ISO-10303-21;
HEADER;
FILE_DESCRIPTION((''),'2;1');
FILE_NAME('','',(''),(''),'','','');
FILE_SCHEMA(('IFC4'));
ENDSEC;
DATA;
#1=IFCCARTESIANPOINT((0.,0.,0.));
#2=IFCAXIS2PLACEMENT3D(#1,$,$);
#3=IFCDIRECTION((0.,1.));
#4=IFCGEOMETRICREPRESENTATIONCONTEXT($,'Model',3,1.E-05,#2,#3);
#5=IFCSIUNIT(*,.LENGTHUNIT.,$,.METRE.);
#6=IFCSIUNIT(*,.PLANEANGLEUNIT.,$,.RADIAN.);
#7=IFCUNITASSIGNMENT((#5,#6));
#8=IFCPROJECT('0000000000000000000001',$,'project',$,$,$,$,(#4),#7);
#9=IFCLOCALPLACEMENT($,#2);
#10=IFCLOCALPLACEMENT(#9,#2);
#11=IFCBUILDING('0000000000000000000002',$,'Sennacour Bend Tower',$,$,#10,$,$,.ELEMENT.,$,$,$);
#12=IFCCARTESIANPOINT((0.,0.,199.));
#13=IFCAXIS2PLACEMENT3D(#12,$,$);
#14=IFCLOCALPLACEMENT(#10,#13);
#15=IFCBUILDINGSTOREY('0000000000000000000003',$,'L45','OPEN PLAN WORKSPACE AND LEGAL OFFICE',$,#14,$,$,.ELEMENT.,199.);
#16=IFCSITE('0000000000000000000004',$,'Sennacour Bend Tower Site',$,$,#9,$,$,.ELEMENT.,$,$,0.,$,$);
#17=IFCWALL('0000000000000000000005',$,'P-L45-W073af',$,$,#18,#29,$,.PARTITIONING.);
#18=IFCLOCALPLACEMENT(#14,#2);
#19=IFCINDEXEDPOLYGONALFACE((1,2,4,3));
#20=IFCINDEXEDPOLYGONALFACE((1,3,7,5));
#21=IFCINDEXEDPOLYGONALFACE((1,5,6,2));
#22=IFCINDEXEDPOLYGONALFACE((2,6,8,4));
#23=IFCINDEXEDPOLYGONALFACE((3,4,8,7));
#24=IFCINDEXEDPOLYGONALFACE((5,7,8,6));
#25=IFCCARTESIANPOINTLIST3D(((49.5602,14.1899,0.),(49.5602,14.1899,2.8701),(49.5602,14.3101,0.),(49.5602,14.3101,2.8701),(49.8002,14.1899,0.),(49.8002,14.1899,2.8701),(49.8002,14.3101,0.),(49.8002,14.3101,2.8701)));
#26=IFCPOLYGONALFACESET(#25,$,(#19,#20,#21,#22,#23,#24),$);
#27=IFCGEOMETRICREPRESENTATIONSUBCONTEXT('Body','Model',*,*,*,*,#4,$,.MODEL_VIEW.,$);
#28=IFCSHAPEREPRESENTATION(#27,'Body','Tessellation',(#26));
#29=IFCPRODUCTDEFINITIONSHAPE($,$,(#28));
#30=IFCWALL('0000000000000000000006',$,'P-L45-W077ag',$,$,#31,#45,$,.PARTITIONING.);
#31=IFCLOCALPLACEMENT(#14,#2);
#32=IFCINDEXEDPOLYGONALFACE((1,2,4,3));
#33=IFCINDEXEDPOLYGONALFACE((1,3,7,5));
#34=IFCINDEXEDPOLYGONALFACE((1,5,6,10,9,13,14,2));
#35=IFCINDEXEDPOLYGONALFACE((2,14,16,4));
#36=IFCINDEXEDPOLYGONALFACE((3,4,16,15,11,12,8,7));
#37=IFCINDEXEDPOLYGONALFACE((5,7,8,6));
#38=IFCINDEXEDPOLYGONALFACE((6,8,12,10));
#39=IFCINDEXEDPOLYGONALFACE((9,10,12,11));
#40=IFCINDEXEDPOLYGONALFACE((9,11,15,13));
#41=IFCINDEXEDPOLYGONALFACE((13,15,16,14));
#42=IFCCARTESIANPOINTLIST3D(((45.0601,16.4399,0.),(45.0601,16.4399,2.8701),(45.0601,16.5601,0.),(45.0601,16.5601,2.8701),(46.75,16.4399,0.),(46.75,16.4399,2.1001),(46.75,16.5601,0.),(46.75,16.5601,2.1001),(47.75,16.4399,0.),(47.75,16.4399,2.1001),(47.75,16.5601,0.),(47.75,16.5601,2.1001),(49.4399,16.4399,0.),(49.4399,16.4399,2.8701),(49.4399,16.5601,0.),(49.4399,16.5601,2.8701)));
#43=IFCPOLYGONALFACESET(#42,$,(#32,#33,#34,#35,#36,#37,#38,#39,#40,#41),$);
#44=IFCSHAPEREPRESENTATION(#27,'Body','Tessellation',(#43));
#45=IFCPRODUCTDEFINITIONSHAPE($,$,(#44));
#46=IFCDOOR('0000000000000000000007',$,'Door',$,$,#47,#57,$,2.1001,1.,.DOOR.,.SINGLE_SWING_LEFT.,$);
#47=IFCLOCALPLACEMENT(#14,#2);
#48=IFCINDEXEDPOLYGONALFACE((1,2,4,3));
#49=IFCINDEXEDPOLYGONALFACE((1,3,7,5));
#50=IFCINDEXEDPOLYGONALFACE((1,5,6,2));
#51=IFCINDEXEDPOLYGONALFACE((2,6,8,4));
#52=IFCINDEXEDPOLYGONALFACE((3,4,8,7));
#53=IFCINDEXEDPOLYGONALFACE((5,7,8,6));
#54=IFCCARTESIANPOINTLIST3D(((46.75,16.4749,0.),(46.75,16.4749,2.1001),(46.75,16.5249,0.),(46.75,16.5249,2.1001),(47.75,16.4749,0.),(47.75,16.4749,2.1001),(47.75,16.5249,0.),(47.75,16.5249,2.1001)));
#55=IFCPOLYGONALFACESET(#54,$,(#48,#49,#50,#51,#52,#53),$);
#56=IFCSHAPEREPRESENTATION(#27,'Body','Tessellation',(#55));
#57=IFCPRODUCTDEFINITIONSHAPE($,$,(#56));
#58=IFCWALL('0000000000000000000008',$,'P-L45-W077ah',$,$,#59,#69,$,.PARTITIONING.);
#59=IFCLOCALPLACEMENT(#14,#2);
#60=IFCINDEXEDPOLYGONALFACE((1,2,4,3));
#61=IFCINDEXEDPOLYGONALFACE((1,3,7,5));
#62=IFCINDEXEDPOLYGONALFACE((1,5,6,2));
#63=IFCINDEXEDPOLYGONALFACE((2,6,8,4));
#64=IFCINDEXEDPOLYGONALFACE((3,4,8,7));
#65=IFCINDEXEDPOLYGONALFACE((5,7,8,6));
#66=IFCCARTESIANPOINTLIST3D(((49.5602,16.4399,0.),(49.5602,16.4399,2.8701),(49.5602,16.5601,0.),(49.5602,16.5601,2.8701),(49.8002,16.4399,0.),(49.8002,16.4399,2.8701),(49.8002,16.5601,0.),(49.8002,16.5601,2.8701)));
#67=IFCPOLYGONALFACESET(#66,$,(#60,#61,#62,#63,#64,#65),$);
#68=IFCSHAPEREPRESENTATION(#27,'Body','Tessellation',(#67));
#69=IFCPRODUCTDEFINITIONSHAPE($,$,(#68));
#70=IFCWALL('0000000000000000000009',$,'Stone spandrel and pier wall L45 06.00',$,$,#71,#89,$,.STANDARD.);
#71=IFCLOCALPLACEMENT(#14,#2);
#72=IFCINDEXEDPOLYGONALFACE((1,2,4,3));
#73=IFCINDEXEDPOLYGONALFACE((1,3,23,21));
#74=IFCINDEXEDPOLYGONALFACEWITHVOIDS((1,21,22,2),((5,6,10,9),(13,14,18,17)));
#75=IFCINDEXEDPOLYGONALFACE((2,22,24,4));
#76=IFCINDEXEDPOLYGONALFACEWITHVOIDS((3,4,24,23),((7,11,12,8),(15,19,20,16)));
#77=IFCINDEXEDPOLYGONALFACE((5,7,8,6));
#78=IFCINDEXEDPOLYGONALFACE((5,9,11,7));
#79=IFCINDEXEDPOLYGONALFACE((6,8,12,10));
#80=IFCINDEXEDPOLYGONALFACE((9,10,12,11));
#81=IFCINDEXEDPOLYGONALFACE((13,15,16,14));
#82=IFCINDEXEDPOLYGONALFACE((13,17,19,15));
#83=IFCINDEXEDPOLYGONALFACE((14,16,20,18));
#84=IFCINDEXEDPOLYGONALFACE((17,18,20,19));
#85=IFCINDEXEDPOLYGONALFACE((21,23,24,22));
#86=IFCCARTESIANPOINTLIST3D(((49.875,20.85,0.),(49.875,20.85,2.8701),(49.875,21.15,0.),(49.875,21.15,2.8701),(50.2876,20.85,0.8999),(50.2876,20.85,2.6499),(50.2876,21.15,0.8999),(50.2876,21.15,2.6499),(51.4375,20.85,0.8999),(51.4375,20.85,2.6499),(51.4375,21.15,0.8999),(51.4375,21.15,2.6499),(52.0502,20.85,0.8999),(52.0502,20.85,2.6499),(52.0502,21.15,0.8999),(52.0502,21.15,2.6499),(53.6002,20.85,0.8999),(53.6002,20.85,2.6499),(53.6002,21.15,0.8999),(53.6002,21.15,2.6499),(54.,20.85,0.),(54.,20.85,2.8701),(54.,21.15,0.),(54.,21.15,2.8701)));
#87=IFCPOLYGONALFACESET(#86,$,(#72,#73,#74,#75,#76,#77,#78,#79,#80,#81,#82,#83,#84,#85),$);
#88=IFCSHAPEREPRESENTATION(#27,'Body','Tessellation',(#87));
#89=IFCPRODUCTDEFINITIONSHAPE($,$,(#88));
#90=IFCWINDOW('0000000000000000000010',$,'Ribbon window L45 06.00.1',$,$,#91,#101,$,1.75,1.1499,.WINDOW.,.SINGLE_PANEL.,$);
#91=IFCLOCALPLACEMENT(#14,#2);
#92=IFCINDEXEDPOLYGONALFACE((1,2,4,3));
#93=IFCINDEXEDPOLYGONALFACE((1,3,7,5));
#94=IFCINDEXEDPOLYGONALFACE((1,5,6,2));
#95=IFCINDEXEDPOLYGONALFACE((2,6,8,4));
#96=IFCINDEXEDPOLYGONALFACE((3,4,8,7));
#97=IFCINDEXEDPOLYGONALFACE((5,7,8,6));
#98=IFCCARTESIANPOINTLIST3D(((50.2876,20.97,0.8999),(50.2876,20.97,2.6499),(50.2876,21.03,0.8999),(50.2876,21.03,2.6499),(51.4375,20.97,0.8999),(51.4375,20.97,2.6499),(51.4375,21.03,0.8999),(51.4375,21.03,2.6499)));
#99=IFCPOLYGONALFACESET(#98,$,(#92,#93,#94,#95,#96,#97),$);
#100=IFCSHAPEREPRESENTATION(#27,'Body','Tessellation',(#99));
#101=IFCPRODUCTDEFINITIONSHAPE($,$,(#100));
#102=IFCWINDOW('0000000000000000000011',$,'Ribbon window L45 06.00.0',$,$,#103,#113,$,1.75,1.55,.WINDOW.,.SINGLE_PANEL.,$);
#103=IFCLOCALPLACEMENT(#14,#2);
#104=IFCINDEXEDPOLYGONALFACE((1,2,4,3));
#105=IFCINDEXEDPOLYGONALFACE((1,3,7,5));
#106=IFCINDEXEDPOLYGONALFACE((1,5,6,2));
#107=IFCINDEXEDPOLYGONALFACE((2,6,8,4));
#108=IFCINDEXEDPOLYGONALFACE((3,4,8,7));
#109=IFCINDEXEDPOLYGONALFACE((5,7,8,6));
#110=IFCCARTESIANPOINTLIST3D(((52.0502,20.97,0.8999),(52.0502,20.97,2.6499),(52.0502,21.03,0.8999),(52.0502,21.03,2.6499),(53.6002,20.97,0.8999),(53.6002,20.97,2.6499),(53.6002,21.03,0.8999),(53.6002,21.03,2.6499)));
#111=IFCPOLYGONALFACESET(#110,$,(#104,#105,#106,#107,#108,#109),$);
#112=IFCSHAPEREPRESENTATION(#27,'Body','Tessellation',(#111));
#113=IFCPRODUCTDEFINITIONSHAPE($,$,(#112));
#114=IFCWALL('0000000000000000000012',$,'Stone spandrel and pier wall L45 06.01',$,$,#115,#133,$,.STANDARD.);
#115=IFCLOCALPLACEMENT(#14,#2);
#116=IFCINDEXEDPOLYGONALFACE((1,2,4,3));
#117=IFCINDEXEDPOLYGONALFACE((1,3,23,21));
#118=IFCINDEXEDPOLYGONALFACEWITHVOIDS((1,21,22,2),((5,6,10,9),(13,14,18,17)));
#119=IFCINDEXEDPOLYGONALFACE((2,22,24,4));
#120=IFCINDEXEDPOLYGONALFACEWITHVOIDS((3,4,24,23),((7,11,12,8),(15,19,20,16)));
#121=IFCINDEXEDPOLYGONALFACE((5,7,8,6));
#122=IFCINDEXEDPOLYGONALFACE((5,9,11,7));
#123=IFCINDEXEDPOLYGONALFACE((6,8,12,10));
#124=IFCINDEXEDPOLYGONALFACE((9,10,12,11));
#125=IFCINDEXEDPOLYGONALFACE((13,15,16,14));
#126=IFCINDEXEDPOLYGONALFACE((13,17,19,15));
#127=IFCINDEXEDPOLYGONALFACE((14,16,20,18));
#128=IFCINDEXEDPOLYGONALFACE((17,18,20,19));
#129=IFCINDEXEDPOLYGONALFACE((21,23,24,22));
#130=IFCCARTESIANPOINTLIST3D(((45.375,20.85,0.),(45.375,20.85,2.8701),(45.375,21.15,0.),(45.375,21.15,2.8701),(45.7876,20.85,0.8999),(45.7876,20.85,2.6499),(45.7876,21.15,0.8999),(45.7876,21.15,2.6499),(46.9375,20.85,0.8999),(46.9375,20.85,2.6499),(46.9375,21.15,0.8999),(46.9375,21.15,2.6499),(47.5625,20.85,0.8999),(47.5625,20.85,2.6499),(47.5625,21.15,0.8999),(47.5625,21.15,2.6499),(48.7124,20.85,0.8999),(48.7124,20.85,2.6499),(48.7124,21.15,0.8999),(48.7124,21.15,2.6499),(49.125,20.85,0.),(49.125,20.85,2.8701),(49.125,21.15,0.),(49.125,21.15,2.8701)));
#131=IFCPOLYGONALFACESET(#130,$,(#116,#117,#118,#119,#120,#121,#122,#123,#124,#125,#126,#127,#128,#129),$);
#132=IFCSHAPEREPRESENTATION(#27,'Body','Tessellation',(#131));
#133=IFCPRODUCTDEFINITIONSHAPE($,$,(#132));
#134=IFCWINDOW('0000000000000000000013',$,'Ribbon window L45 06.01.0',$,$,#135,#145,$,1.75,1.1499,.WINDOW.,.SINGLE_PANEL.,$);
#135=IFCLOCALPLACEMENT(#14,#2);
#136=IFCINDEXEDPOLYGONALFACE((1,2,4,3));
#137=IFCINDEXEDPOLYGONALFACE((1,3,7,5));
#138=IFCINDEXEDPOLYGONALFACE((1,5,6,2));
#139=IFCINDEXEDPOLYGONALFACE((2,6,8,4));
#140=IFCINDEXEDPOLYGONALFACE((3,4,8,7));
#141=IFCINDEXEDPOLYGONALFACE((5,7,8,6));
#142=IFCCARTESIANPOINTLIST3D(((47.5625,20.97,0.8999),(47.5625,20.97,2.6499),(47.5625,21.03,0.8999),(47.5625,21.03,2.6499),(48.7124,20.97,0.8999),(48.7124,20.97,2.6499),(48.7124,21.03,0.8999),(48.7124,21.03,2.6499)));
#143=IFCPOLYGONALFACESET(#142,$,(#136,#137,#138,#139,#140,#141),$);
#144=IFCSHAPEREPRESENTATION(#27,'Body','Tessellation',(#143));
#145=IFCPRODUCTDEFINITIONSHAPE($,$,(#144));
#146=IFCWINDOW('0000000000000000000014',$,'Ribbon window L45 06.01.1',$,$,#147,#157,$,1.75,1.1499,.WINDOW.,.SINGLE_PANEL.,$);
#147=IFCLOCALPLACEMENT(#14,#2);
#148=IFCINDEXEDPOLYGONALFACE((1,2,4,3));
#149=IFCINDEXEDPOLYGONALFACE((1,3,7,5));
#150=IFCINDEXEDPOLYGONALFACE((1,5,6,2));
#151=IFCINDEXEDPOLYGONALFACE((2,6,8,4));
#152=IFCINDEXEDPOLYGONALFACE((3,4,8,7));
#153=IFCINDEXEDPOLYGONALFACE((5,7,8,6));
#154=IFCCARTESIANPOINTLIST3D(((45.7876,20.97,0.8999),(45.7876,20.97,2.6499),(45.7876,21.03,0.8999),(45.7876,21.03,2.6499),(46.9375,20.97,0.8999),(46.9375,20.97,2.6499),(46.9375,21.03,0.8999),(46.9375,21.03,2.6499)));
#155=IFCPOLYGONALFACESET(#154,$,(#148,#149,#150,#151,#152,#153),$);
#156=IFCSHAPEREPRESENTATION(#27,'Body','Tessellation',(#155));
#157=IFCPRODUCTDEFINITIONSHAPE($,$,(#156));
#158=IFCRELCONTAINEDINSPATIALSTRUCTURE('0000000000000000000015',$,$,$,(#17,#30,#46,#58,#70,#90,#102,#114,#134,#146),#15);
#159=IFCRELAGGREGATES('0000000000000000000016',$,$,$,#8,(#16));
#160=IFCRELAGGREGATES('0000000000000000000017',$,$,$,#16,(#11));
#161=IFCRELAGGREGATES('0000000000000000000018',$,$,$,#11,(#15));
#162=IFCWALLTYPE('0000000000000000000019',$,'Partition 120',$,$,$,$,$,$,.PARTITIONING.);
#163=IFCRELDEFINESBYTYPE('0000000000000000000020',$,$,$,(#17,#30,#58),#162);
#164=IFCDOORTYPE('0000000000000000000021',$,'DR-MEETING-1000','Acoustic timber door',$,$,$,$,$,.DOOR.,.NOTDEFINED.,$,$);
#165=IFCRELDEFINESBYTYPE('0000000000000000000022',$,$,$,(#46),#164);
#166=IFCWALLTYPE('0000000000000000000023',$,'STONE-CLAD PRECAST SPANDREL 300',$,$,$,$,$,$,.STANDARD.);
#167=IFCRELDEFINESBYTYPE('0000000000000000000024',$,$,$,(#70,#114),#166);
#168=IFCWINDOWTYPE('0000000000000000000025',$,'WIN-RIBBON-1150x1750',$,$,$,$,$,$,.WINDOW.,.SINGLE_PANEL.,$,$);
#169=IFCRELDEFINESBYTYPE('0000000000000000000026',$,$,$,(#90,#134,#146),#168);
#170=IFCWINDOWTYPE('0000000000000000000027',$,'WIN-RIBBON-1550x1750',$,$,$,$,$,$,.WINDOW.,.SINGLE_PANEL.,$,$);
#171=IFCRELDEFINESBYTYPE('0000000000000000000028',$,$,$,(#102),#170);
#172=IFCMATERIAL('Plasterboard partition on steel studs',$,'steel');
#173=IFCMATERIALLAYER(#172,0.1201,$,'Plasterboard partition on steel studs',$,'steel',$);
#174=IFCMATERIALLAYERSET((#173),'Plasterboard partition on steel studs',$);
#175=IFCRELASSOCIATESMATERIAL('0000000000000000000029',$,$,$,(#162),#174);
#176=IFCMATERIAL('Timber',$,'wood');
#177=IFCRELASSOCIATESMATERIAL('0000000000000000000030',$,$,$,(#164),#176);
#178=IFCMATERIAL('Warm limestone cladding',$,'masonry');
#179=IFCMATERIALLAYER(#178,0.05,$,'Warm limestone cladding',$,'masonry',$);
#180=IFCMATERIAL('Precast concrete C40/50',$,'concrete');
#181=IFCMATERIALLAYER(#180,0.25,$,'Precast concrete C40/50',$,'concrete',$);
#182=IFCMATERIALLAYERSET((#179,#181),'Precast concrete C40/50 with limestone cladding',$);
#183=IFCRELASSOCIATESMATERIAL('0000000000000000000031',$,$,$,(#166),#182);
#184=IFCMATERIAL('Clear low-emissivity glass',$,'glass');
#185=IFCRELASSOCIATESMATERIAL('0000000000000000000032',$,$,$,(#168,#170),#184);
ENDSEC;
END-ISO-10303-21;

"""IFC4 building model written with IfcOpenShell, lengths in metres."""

from ifc_helpers import new_model, si_unit, direction, frame, frame_2d, origin, place, context, subcontext, project, spatial, rectangle, extrude, material, layer, layer_set, type_object, element, fill, save


model = new_model("IFC4")

# Units and contexts
model_context = context("Model", 3, precision=1e-05, world=origin(), true_north=direction((0.0, 1.0)))
body_context = subcontext(model_context, "Body", "Model", "MODEL_VIEW")
ifc_project = project(units=[si_unit("LENGTHUNIT", "METRE"), si_unit("PLANEANGLEUNIT", "RADIAN")], contexts=[model_context])

# Site, building, storey
site_placement = place(None, origin())
site = spatial("IfcSite", under=ifc_project, at=site_placement, Name="Sennacour Bend Tower Site", CompositionType="ELEMENT", RefElevation=0.0)
building_placement = place(site_placement, origin())
building = spatial("IfcBuilding", under=site, at=building_placement, Name="Sennacour Bend Tower", CompositionType="ELEMENT")
storey_placement = place(building_placement, frame((0.0, 0.0, 199.0)))
storey = spatial("IfcBuildingStorey", under=building, at=storey_placement, Name="L45", Description="OPEN PLAN WORKSPACE AND LEGAL OFFICE", CompositionType="ELEMENT", Elevation=199.0)

# Wall
ifc_material_1 = material(Name="Plasterboard partition on steel studs", Category="steel")
ifc_layer_1 = layer(ifc_material_1, 0.1201, Name="Plasterboard partition on steel studs", Category="steel")
ifc_layer_set_1 = layer_set([ifc_layer_1], Name="Plasterboard partition on steel studs")
wall_type_1 = type_object("IfcWallType", Name="Partition 120", PredefinedType="PARTITIONING", material=ifc_layer_set_1)
wall_1_placement = place(storey_placement, frame((49.5601, 14.25, 0.0), z_axis=(0.0, 0.0, 1.0), x_axis=(1.0, 0.0, 0.0)))
element("IfcWall", 1, at=wall_1_placement, inside=storey, type_object=wall_type_1, Name="P-L45-W073af", PredefinedType="PARTITIONING", context=body_context, shape_type="SweptSolid", body=[
    extrude(rectangle(XDim=0.24, YDim=0.1201, at=frame_2d((0.1201, 0.0))), origin(), (0.0, 0.0, 1.0), 2.8701),
])

# Wall, opening, door
wall_2_placement = place(storey_placement, frame((45.0601, 16.5, 0.0), z_axis=(0.0, 0.0, 1.0), x_axis=(1.0, 0.0, 0.0)))
wall_2 = element("IfcWall", 2, at=wall_2_placement, inside=storey, type_object=wall_type_1, Name="P-L45-W077ag", PredefinedType="PARTITIONING", context=body_context, shape_type="SweptSolid", body=[
    extrude(rectangle(XDim=4.3799, YDim=0.1201, at=frame_2d((2.1899, 0.0))), origin(), (0.0, 0.0, 1.0), 2.8701),
])
opening_1_placement = place(wall_2_placement, frame((1.6899, 0.0, 0.0)))
opening_1 = element("IfcOpeningElement", 3, at=opening_1_placement, cuts=wall_2, PredefinedType="OPENING", context=body_context, shape_type="SweptSolid", body=[
    extrude(rectangle(XDim=1.0, YDim=2.1001, at=frame_2d((0.5, 1.05))), frame((0.0, 0.0701, 0.0), z_axis=(0.0, -1.0, 0.0), x_axis=(1.0, 0.0, 0.0)), (0.0, 0.0, 1.0), 0.1401),
])
ifc_material_2 = material(Name="Timber", Category="wood")
door_type_1 = type_object("IfcDoorType", Name="DR-MEETING-1000", Description="Acoustic timber door", OperationType="NOTDEFINED", PredefinedType="DOOR", material=ifc_material_2)
door_1_placement = place(opening_1_placement, origin())
door_1 = element("IfcDoor", 4, at=door_1_placement, inside=storey, type_object=door_type_1, Name="Door", OperationType="SINGLE_SWING_LEFT", OverallHeight=2.1001, OverallWidth=1.0, PredefinedType="DOOR", context=body_context, shape_type="SweptSolid", body=[
    extrude(rectangle(XDim=1.0, YDim=2.1001, at=frame_2d((0.5, 1.05))), frame((0.0, 0.0249, 0.0), z_axis=(0.0, -1.0, 0.0), x_axis=(1.0, 0.0, 0.0)), (0.0, 0.0, 1.0), 0.05),
])
fill(opening_1, door_1)

# Wall
wall_3_placement = place(storey_placement, frame((49.5601, 16.5, 0.0), z_axis=(0.0, 0.0, 1.0), x_axis=(1.0, 0.0, 0.0)))
element("IfcWall", 5, at=wall_3_placement, inside=storey, type_object=wall_type_1, Name="P-L45-W077ah", PredefinedType="PARTITIONING", context=body_context, shape_type="SweptSolid", body=[
    extrude(rectangle(XDim=0.24, YDim=0.1201, at=frame_2d((0.1201, 0.0))), origin(), (0.0, 0.0, 1.0), 2.8701),
])

# Walls, openings, windows
ifc_material_3 = material(Name="Warm limestone cladding", Category="masonry")
ifc_layer_2 = layer(ifc_material_3, 0.05, Name="Warm limestone cladding", Category="masonry")
ifc_material_4 = material(Name="Precast concrete C40/50", Category="concrete")
ifc_layer_3 = layer(ifc_material_4, 0.25, Name="Precast concrete C40/50", Category="concrete")
ifc_layer_set_2 = layer_set([ifc_layer_2, ifc_layer_3], Name="Precast concrete C40/50 with limestone cladding")
wall_type_2 = type_object("IfcWallType", Name="STONE-CLAD PRECAST SPANDREL 300", PredefinedType="STANDARD", material=ifc_layer_set_2)
wall_4_placement = place(storey_placement, frame((54.0, 21.0, 0.0), z_axis=(0.0, 0.0, 1.0), x_axis=(-1.0, 0.0, 0.0)))
wall_4 = element("IfcWall", 6, at=wall_4_placement, inside=storey, type_object=wall_type_2, Name="Stone spandrel and pier wall L45 06.00", PredefinedType="STANDARD", context=body_context, shape_type="SweptSolid", body=[
    extrude(rectangle(XDim=4.125, YDim=0.3, at=frame_2d((2.0625, 0.0))), origin(), (0.0, 0.0, 1.0), 2.8701),
])
opening_2_placement = place(wall_4_placement, frame((0.3999, 0.0, 0.8999)))
opening_2 = element("IfcOpeningElement", 7, at=opening_2_placement, cuts=wall_4, PredefinedType="OPENING", context=body_context, shape_type="SweptSolid", body=[
    extrude(rectangle(XDim=1.55, YDim=1.75, at=frame_2d((0.7749, 0.875))), frame((0.0, 0.1602, 0.0), z_axis=(0.0, -1.0, 0.0), x_axis=(1.0, 0.0, 0.0)), (0.0, 0.0, 1.0), 0.3201),
])
opening_3_placement = place(wall_4_placement, frame((2.5625, 0.0, 0.8999)))
opening_3 = element("IfcOpeningElement", 8, at=opening_3_placement, cuts=wall_4, PredefinedType="OPENING", context=body_context, shape_type="SweptSolid", body=[
    extrude(rectangle(XDim=1.1499, YDim=1.75, at=frame_2d((0.575, 0.875))), frame((0.0, 0.1602, 0.0), z_axis=(0.0, -1.0, 0.0), x_axis=(1.0, 0.0, 0.0)), (0.0, 0.0, 1.0), 0.3201),
])
ifc_material_5 = material(Name="Clear low-emissivity glass", Category="glass")
window_type_1 = type_object("IfcWindowType", Name="WIN-RIBBON-1150x1750", PartitioningType="SINGLE_PANEL", PredefinedType="WINDOW", material=ifc_material_5)
window_1_placement = place(opening_3_placement, origin())
window_1 = element("IfcWindow", 9, at=window_1_placement, inside=storey, type_object=window_type_1, Name="Ribbon window L45 06.00.1", OverallHeight=1.75, OverallWidth=1.1499, PartitioningType="SINGLE_PANEL", PredefinedType="WINDOW", context=body_context, shape_type="SweptSolid", body=[
    extrude(rectangle(XDim=1.1499, YDim=1.75, at=frame_2d((0.575, 0.875))), frame((0.0, 0.03, 0.0), z_axis=(0.0, -1.0, 0.0), x_axis=(1.0, 0.0, 0.0)), (0.0, 0.0, 1.0), 0.0601),
])
fill(opening_3, window_1)
window_type_2 = type_object("IfcWindowType", Name="WIN-RIBBON-1550x1750", PartitioningType="SINGLE_PANEL", PredefinedType="WINDOW", material=ifc_material_5)
window_2_placement = place(opening_2_placement, origin())
window_2 = element("IfcWindow", 10, at=window_2_placement, inside=storey, type_object=window_type_2, Name="Ribbon window L45 06.00.0", OverallHeight=1.75, OverallWidth=1.55, PartitioningType="SINGLE_PANEL", PredefinedType="WINDOW", context=body_context, shape_type="SweptSolid", body=[
    extrude(rectangle(XDim=1.55, YDim=1.75, at=frame_2d((0.7749, 0.875))), frame((0.0, 0.03, 0.0), z_axis=(0.0, -1.0, 0.0), x_axis=(1.0, 0.0, 0.0)), (0.0, 0.0, 1.0), 0.0601),
])
fill(opening_2, window_2)
wall_5_placement = place(storey_placement, frame((49.125, 21.0, 0.0), z_axis=(0.0, 0.0, 1.0), x_axis=(-1.0, 0.0, 0.0)))
wall_5 = element("IfcWall", 11, at=wall_5_placement, inside=storey, type_object=wall_type_2, Name="Stone spandrel and pier wall L45 06.01", PredefinedType="STANDARD", context=body_context, shape_type="SweptSolid", body=[
    extrude(rectangle(XDim=3.75, YDim=0.3, at=frame_2d((1.875, 0.0))), origin(), (0.0, 0.0, 1.0), 2.8701),
])
opening_4_placement = place(wall_5_placement, frame((0.4126, 0.0, 0.8999)))
opening_4 = element("IfcOpeningElement", 12, at=opening_4_placement, cuts=wall_5, PredefinedType="OPENING", context=body_context, shape_type="SweptSolid", body=[
    extrude(rectangle(XDim=1.1499, YDim=1.75, at=frame_2d((0.575, 0.875))), frame((0.0, 0.1602, 0.0), z_axis=(0.0, -1.0, 0.0), x_axis=(1.0, 0.0, 0.0)), (0.0, 0.0, 1.0), 0.3201),
])
opening_5_placement = place(wall_5_placement, frame((2.1875, 0.0, 0.8999)))
opening_5 = element("IfcOpeningElement", 13, at=opening_5_placement, cuts=wall_5, PredefinedType="OPENING", context=body_context, shape_type="SweptSolid", body=[
    extrude(rectangle(XDim=1.1499, YDim=1.75, at=frame_2d((0.575, 0.875))), frame((0.0, 0.1602, 0.0), z_axis=(0.0, -1.0, 0.0), x_axis=(1.0, 0.0, 0.0)), (0.0, 0.0, 1.0), 0.3201),
])
window_3_placement = place(opening_4_placement, origin())
window_3 = element("IfcWindow", 14, at=window_3_placement, inside=storey, type_object=window_type_1, Name="Ribbon window L45 06.01.0", OverallHeight=1.75, OverallWidth=1.1499, PartitioningType="SINGLE_PANEL", PredefinedType="WINDOW", context=body_context, shape_type="SweptSolid", body=[
    extrude(rectangle(XDim=1.1499, YDim=1.75, at=frame_2d((0.575, 0.875))), frame((0.0, 0.03, 0.0), z_axis=(0.0, -1.0, 0.0), x_axis=(1.0, 0.0, 0.0)), (0.0, 0.0, 1.0), 0.0601),
])
fill(opening_4, window_3)
window_4_placement = place(opening_5_placement, origin())
window_4 = element("IfcWindow", 15, at=window_4_placement, inside=storey, type_object=window_type_1, Name="Ribbon window L45 06.01.1", OverallHeight=1.75, OverallWidth=1.1499, PartitioningType="SINGLE_PANEL", PredefinedType="WINDOW", context=body_context, shape_type="SweptSolid", body=[
    extrude(rectangle(XDim=1.1499, YDim=1.75, at=frame_2d((0.575, 0.875))), frame((0.0, 0.03, 0.0), z_axis=(0.0, -1.0, 0.0), x_axis=(1.0, 0.0, 0.0)), (0.0, 0.0, 1.0), 0.0601),
])
fill(opening_5, window_4)

save(model, "model.ifc")
